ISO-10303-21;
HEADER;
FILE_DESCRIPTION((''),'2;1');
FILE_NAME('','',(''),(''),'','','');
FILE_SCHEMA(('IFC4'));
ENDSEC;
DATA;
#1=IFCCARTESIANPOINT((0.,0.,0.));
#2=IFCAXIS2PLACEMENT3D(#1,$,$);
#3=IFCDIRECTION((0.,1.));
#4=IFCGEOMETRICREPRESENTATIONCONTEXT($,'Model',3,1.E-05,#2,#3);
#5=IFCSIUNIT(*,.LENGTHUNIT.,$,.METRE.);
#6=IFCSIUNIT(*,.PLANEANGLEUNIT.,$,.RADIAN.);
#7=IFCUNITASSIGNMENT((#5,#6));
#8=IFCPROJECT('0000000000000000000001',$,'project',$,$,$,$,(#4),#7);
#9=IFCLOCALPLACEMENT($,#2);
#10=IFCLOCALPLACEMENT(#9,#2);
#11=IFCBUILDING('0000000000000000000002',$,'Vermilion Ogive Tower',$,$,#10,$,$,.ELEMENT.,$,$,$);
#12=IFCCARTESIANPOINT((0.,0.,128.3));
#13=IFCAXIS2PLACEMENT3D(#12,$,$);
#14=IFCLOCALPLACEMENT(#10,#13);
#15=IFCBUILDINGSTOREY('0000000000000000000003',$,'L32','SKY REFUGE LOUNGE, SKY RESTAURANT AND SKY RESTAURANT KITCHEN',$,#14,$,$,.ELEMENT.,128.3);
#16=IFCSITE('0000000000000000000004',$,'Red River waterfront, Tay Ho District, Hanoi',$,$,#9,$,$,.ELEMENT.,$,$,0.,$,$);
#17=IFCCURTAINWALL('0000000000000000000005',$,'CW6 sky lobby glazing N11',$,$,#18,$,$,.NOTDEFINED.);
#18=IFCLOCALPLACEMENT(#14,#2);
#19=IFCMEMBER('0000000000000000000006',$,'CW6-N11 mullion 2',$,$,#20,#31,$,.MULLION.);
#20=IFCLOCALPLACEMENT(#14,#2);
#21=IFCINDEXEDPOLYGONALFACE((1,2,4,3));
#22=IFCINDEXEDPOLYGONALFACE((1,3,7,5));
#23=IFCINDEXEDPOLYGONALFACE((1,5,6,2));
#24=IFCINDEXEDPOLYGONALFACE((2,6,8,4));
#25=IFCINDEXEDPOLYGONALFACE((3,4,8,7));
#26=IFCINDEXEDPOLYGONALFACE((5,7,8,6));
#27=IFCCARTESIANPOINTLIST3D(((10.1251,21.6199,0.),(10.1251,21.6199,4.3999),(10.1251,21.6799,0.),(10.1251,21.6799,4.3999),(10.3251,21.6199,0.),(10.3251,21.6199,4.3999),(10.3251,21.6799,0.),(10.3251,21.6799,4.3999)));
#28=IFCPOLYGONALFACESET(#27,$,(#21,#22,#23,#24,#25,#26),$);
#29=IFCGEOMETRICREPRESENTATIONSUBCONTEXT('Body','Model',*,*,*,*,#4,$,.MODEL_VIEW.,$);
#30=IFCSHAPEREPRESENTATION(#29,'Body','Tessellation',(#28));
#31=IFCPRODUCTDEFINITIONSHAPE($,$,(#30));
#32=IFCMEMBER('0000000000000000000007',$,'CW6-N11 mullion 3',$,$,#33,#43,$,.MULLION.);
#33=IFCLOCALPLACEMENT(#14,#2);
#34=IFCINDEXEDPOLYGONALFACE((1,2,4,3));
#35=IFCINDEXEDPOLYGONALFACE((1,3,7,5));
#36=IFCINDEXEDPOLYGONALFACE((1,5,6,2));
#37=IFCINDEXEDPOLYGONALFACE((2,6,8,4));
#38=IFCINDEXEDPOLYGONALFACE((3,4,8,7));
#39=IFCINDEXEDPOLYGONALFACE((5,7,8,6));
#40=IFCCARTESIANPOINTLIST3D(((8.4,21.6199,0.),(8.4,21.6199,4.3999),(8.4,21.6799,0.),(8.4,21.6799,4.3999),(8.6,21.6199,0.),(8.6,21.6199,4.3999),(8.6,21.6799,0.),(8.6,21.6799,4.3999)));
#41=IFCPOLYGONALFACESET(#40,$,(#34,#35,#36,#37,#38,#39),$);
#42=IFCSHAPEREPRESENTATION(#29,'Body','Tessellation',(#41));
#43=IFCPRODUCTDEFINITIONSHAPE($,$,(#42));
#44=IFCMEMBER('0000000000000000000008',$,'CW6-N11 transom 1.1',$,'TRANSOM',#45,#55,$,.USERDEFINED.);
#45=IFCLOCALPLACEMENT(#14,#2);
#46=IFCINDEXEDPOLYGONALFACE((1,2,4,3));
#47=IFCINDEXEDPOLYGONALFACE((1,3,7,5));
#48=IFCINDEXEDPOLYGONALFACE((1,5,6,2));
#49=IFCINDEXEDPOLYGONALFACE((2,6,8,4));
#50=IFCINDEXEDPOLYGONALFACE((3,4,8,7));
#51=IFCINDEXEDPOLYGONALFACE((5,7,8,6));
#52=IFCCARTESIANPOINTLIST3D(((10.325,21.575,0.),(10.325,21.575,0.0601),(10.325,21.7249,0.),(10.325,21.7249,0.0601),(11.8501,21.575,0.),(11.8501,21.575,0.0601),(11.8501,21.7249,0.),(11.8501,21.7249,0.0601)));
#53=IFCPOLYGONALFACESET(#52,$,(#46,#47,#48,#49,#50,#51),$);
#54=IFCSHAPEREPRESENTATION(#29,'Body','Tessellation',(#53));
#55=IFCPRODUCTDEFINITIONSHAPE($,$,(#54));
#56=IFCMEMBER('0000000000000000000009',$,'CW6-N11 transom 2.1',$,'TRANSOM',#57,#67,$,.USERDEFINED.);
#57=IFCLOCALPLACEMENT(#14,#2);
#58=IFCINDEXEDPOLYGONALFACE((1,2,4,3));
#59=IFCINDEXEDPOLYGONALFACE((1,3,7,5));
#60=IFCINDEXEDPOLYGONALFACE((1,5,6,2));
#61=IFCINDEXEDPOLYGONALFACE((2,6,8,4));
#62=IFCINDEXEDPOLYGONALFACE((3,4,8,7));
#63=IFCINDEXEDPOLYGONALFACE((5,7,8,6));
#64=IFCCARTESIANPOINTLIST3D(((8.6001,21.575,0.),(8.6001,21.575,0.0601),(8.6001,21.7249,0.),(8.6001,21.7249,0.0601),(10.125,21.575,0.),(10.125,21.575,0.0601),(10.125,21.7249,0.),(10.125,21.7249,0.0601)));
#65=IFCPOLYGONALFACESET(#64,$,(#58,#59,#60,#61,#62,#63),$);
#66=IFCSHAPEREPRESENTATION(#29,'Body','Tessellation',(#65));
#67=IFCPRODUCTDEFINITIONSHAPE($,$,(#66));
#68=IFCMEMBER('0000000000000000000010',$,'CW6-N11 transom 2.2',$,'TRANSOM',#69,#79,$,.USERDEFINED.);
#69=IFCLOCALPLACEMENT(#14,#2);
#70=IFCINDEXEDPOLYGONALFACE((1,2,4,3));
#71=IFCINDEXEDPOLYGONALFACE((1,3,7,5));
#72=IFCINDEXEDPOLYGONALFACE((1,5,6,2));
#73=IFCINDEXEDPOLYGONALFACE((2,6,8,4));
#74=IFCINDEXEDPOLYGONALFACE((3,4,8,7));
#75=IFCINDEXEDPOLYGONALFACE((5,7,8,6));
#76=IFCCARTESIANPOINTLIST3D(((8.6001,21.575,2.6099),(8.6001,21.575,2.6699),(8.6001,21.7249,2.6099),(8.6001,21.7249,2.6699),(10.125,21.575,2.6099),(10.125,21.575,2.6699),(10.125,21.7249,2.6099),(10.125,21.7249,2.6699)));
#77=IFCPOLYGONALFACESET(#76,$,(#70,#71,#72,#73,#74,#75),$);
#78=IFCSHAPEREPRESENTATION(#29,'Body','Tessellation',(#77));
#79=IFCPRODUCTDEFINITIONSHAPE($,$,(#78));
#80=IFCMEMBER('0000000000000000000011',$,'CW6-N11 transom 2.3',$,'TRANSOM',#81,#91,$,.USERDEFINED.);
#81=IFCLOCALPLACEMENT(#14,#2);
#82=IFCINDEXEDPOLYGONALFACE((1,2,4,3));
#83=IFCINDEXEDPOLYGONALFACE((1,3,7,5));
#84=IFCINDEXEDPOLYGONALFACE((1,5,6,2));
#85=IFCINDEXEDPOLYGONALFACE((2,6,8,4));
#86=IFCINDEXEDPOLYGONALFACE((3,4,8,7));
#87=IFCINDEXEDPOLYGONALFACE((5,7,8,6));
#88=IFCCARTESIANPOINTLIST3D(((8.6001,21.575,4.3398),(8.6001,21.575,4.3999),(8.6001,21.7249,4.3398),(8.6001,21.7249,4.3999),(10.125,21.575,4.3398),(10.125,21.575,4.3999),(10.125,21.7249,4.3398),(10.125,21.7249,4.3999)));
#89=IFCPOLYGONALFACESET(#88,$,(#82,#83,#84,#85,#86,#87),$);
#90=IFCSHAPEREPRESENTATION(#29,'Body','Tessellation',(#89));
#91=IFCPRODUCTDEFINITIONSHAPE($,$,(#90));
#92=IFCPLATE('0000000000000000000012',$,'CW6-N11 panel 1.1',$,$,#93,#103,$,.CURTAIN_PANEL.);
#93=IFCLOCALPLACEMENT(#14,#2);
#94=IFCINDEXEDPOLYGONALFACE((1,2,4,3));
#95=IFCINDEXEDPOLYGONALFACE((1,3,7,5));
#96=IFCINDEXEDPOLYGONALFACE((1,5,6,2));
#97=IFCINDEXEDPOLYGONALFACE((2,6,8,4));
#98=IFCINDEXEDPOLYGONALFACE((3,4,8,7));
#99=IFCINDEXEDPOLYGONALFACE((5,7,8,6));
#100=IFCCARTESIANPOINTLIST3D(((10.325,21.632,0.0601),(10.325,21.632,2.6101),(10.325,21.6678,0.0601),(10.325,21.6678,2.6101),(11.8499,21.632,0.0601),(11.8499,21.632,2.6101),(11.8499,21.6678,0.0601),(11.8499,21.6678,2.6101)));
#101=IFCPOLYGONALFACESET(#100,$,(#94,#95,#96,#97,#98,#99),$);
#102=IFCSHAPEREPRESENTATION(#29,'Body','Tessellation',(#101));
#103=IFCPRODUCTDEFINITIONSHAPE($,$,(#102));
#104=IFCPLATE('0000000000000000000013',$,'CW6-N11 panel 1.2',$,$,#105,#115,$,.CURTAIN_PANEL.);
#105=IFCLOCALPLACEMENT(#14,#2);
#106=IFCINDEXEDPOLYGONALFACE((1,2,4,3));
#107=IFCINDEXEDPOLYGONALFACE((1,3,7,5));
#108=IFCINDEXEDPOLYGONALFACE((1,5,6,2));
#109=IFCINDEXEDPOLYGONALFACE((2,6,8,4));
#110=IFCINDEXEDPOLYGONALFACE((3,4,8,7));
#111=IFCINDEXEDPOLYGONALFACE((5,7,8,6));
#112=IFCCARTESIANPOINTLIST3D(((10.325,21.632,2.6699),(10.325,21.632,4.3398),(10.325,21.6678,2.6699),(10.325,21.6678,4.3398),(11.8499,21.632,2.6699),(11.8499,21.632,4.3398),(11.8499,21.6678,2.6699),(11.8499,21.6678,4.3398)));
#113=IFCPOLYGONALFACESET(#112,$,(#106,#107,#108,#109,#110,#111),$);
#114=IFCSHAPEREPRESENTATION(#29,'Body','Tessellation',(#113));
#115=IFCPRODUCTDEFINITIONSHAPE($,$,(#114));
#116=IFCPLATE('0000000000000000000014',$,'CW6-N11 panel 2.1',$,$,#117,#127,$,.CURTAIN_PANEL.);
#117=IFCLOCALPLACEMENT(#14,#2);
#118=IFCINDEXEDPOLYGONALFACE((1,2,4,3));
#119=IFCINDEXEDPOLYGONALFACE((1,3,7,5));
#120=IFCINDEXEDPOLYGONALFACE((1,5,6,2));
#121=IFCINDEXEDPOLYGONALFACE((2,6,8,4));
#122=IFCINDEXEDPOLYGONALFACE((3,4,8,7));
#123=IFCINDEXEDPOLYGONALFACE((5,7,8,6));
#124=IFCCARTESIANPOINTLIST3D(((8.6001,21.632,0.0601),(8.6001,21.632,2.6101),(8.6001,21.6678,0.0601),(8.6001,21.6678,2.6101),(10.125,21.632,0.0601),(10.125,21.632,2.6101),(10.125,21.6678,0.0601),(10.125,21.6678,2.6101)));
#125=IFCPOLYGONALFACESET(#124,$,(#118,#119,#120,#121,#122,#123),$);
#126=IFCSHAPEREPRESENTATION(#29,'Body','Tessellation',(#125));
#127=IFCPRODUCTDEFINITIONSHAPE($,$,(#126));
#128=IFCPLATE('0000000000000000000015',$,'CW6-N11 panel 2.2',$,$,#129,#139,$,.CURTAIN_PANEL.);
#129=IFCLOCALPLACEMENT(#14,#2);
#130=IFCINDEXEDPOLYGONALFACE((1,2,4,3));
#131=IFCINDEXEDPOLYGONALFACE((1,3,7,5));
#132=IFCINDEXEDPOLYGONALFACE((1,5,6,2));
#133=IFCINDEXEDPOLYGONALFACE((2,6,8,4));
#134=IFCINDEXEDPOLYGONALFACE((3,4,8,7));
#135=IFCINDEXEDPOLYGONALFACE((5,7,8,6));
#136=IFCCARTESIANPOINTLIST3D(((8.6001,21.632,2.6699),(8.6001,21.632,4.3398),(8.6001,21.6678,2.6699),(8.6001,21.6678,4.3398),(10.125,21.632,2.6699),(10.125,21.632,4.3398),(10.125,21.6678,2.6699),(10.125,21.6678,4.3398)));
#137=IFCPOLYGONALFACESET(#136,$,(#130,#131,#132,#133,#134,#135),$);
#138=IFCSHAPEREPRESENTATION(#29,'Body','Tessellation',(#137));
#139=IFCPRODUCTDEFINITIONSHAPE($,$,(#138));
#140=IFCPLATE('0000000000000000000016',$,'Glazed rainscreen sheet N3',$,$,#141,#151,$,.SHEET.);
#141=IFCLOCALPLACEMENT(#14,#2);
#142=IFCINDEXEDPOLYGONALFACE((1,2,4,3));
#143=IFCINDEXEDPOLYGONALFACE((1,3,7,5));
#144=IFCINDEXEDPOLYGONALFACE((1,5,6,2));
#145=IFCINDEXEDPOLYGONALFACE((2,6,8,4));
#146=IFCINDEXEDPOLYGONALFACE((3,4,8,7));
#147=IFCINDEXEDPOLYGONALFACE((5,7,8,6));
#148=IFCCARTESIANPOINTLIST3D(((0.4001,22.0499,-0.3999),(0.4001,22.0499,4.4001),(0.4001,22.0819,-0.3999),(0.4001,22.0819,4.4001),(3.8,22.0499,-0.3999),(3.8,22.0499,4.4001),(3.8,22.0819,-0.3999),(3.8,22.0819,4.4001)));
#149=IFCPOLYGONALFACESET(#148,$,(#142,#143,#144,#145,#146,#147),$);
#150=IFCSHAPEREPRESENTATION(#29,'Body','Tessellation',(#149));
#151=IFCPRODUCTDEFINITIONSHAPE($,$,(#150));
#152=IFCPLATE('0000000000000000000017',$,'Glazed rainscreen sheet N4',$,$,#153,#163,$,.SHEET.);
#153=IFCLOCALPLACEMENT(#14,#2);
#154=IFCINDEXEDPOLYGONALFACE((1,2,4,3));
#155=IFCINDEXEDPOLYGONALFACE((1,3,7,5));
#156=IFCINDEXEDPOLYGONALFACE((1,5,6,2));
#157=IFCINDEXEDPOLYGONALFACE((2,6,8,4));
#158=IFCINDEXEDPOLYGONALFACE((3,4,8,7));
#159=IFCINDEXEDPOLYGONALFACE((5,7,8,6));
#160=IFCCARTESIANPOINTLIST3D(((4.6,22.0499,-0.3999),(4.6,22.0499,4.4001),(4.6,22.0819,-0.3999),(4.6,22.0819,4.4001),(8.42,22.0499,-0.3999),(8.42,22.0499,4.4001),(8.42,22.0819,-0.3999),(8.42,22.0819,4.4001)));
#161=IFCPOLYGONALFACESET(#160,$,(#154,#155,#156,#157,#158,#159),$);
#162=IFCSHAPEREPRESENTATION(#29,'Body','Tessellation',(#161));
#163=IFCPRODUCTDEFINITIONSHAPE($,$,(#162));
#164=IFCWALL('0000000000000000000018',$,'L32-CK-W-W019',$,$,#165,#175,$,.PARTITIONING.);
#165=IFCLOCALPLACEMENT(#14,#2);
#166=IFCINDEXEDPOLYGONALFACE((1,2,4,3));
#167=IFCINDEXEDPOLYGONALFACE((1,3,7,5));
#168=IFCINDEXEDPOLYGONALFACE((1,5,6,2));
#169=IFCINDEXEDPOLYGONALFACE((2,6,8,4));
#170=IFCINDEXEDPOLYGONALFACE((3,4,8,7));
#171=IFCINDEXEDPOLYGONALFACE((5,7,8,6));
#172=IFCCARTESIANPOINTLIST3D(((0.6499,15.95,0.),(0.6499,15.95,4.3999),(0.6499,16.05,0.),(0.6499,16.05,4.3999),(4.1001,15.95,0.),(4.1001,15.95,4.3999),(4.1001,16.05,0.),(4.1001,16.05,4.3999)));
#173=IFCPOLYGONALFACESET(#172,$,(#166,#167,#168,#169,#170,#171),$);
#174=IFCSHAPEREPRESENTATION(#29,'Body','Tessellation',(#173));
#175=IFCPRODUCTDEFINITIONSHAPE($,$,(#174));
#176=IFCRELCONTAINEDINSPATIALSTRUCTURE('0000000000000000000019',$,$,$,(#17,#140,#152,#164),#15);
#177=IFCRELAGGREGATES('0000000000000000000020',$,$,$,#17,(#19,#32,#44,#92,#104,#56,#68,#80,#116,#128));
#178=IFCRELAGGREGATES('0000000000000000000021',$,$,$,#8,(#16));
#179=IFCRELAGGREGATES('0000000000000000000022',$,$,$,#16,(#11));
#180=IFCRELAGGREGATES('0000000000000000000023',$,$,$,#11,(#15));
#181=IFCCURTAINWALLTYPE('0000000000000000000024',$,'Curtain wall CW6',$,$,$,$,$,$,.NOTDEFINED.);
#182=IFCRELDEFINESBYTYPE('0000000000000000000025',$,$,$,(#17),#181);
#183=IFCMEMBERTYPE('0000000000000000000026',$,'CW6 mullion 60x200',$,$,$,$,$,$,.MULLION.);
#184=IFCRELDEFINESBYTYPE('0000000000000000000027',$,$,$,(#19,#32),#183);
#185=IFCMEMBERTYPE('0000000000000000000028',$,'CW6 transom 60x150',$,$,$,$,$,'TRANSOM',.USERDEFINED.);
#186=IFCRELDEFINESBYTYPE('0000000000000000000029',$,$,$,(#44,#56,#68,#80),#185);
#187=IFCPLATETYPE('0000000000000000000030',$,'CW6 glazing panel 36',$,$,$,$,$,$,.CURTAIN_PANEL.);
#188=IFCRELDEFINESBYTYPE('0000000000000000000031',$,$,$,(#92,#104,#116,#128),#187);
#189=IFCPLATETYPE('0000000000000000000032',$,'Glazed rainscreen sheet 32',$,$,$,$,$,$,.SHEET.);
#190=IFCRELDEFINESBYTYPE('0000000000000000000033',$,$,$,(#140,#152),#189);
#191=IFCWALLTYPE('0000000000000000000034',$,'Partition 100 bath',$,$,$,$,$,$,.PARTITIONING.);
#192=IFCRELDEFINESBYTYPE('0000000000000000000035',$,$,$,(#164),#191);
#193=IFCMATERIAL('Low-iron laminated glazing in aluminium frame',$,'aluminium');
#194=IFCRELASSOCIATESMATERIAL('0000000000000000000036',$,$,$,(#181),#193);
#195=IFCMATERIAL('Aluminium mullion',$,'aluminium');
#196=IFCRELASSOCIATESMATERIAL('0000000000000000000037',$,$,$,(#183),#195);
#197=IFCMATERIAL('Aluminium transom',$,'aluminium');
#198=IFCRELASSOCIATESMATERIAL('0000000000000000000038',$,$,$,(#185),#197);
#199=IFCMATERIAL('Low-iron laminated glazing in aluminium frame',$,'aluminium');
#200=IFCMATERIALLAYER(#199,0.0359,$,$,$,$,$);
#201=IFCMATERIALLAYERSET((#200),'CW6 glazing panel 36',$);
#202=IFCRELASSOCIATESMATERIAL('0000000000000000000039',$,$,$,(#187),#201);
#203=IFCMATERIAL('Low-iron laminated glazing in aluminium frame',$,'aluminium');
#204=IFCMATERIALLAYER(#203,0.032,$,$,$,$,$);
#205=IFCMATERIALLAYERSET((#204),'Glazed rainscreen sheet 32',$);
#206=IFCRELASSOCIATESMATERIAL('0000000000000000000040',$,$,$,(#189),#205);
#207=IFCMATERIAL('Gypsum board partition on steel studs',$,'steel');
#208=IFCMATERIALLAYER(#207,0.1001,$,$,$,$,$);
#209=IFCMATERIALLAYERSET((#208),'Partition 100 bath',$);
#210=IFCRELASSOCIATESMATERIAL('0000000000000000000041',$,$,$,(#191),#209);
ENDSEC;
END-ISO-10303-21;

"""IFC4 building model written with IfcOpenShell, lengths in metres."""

from ifc_helpers import new_model, si_unit, direction, frame, frame_2d, origin, origin_2d, place, context, subcontext, project, spatial, rectangle, extrude, material, layer, layer_set, material_profile, profile_set, type_object, element, aggregate, save


model = new_model("IFC4")

# Units and contexts
model_context = context("Model", 3, precision=1e-05, world=origin(), true_north=direction((0.0, 1.0)))
body_context = subcontext(model_context, "Body", "Model", "MODEL_VIEW")
ifc_project = project(units=[si_unit("LENGTHUNIT", "METRE"), si_unit("PLANEANGLEUNIT", "RADIAN")], contexts=[model_context])

# Site, building, storey
site_placement = place(None, origin())
site = spatial("IfcSite", under=ifc_project, at=site_placement, Name="Red River waterfront, Tay Ho District, Hanoi", CompositionType="ELEMENT", RefElevation=0.0)
building_placement = place(site_placement, origin())
building = spatial("IfcBuilding", under=site, at=building_placement, Name="Vermilion Ogive Tower", CompositionType="ELEMENT")
storey_placement = place(building_placement, frame((0.0, 0.0, 128.3)))
storey = spatial("IfcBuildingStorey", under=building, at=storey_placement, Name="L32", Description="SKY REFUGE LOUNGE, SKY RESTAURANT AND SKY RESTAURANT KITCHEN", CompositionType="ELEMENT", Elevation=128.3)

# Curtain wall, members, plates
ifc_material_1 = material(Name="Low-iron laminated glazing in aluminium frame", Category="aluminium")
curtain_wall_type = type_object("IfcCurtainWallType", Name="Curtain wall CW6", PredefinedType="NOTDEFINED", material=ifc_material_1)
curtain_wall_placement = place(storey_placement, origin())
curtain_wall = element("IfcCurtainWall", 1, at=curtain_wall_placement, inside=storey, type_object=curtain_wall_type, Name="CW6 sky lobby glazing N11", PredefinedType="NOTDEFINED")
ifc_material_2 = material(Name="Aluminium mullion", Category="aluminium")
ifc_material_profile_1 = material_profile(ifc_material_2, rectangle(XDim=0.0601, YDim=0.2, at=origin_2d()), Name="AL 60x200")
ifc_profile_set_1 = profile_set([ifc_material_profile_1], Name="Aluminium mullion")
member_type_1 = type_object("IfcMemberType", Name="CW6 mullion 60x200", PredefinedType="MULLION", material=ifc_profile_set_1)
member_1_placement = place(storey_placement, frame((10.2251, 21.6499, 0.0), z_axis=(0.0, 0.0, 1.0), x_axis=(0.0, -1.0, 0.0)))
member_1 = element("IfcMember", 2, at=member_1_placement, type_object=member_type_1, Name="CW6-N11 mullion 2", PredefinedType="MULLION", context=body_context, shape_type="SweptSolid", body=[
    extrude(rectangle(XDim=0.0601, YDim=0.2, at=origin_2d()), origin(), (0.0, 0.0, 1.0), 4.3999),
])
member_2_placement = place(storey_placement, frame((8.5, 21.6499, 0.0), z_axis=(0.0, 0.0, 1.0), x_axis=(0.0, -1.0, 0.0)))
member_2 = element("IfcMember", 3, at=member_2_placement, type_object=member_type_1, Name="CW6-N11 mullion 3", PredefinedType="MULLION", context=body_context, shape_type="SweptSolid", body=[
    extrude(rectangle(XDim=0.0601, YDim=0.2, at=origin_2d()), origin(), (0.0, 0.0, 1.0), 4.3999),
])
ifc_material_3 = material(Name="Aluminium transom", Category="aluminium")
ifc_material_profile_2 = material_profile(ifc_material_3, rectangle(XDim=0.1499, YDim=0.0601, at=origin_2d()), Name="AL 60x150")
ifc_profile_set_2 = profile_set([ifc_material_profile_2], Name="Aluminium transom")
member_type_2 = type_object("IfcMemberType", Name="CW6 transom 60x150", ElementType="TRANSOM", PredefinedType="USERDEFINED", material=ifc_profile_set_2)
member_3_placement = place(storey_placement, frame((11.8501, 21.6499, 0.03), z_axis=(-1.0, 0.0, 0.0), x_axis=(0.0, -1.0, 0.0)))
member_3 = element("IfcMember", 4, at=member_3_placement, type_object=member_type_2, Name="CW6-N11 transom 1.1", ObjectType="TRANSOM", PredefinedType="USERDEFINED", context=body_context, shape_type="SweptSolid", body=[
    extrude(rectangle(XDim=0.1499, YDim=0.0601, at=origin_2d()), origin(), (0.0, 0.0, 1.0), 1.5251),
])
member_4_placement = place(storey_placement, frame((10.125, 21.6499, 0.03), z_axis=(-1.0, 0.0, 0.0), x_axis=(0.0, -1.0, 0.0)))
member_4 = element("IfcMember", 5, at=member_4_placement, type_object=member_type_2, Name="CW6-N11 transom 2.1", ObjectType="TRANSOM", PredefinedType="USERDEFINED", context=body_context, shape_type="SweptSolid", body=[
    extrude(rectangle(XDim=0.1499, YDim=0.0601, at=origin_2d()), origin(), (0.0, 0.0, 1.0), 1.5249),
])
member_5_placement = place(storey_placement, frame((10.125, 21.6499, 2.6399), z_axis=(-1.0, 0.0, 0.0), x_axis=(0.0, -1.0, 0.0)))
member_5 = element("IfcMember", 6, at=member_5_placement, type_object=member_type_2, Name="CW6-N11 transom 2.2", ObjectType="TRANSOM", PredefinedType="USERDEFINED", context=body_context, shape_type="SweptSolid", body=[
    extrude(rectangle(XDim=0.1499, YDim=0.0601, at=origin_2d()), origin(), (0.0, 0.0, 1.0), 1.5249),
])
member_6_placement = place(storey_placement, frame((10.125, 21.6499, 4.3699), z_axis=(-1.0, 0.0, 0.0), x_axis=(0.0, -1.0, 0.0)))
member_6 = element("IfcMember", 7, at=member_6_placement, type_object=member_type_2, Name="CW6-N11 transom 2.3", ObjectType="TRANSOM", PredefinedType="USERDEFINED", context=body_context, shape_type="SweptSolid", body=[
    extrude(rectangle(XDim=0.1499, YDim=0.0601, at=origin_2d()), origin(), (0.0, 0.0, 1.0), 1.5249),
])
ifc_material_4 = material(Name="Low-iron laminated glazing in aluminium frame", Category="aluminium")
ifc_layer_1 = layer(ifc_material_4, 0.0359)
ifc_layer_set_1 = layer_set([ifc_layer_1], Name="CW6 glazing panel 36")
plate_type_1 = type_object("IfcPlateType", Name="CW6 glazing panel 36", PredefinedType="CURTAIN_PANEL", material=ifc_layer_set_1)
plate_1_placement = place(storey_placement, frame((11.0874, 21.6499, 0.0601), z_axis=(0.0, 0.0, 1.0), x_axis=(-1.0, 0.0, 0.0)))
plate_1 = element("IfcPlate", 8, at=plate_1_placement, type_object=plate_type_1, Name="CW6-N11 panel 1.1", PredefinedType="CURTAIN_PANEL", context=body_context, shape_type="SweptSolid", body=[
    extrude(rectangle(XDim=1.5249, YDim=0.0359, at=origin_2d()), origin(), (0.0, 0.0, 1.0), 2.55),
])
plate_2_placement = place(storey_placement, frame((11.0874, 21.6499, 2.6699), z_axis=(0.0, 0.0, 1.0), x_axis=(-1.0, 0.0, 0.0)))
plate_2 = element("IfcPlate", 9, at=plate_2_placement, type_object=plate_type_1, Name="CW6-N11 panel 1.2", PredefinedType="CURTAIN_PANEL", context=body_context, shape_type="SweptSolid", body=[
    extrude(rectangle(XDim=1.5249, YDim=0.0359, at=origin_2d()), origin(), (0.0, 0.0, 1.0), 1.6699),
])
plate_3_placement = place(storey_placement, frame((9.3625, 21.6499, 0.0601), z_axis=(0.0, 0.0, 1.0), x_axis=(-1.0, 0.0, 0.0)))
plate_3 = element("IfcPlate", 10, at=plate_3_placement, type_object=plate_type_1, Name="CW6-N11 panel 2.1", PredefinedType="CURTAIN_PANEL", context=body_context, shape_type="SweptSolid", body=[
    extrude(rectangle(XDim=1.5249, YDim=0.0359, at=origin_2d()), origin(), (0.0, 0.0, 1.0), 2.55),
])
plate_4_placement = place(storey_placement, frame((9.3625, 21.6499, 2.6699), z_axis=(0.0, 0.0, 1.0), x_axis=(-1.0, 0.0, 0.0)))
plate_4 = element("IfcPlate", 11, at=plate_4_placement, type_object=plate_type_1, Name="CW6-N11 panel 2.2", PredefinedType="CURTAIN_PANEL", context=body_context, shape_type="SweptSolid", body=[
    extrude(rectangle(XDim=1.5249, YDim=0.0359, at=origin_2d()), origin(), (0.0, 0.0, 1.0), 1.6699),
])
aggregate(curtain_wall, [member_1, member_2, member_3, plate_1, plate_2, member_4, member_5, member_6, plate_3, plate_4])

# Plates
ifc_material_5 = material(Name="Low-iron laminated glazing in aluminium frame", Category="aluminium")
ifc_layer_2 = layer(ifc_material_5, 0.032)
ifc_layer_set_2 = layer_set([ifc_layer_2], Name="Glazed rainscreen sheet 32")
plate_type_2 = type_object("IfcPlateType", Name="Glazed rainscreen sheet 32", PredefinedType="SHEET", material=ifc_layer_set_2)
plate_5_placement = place(storey_placement, frame((2.1001, 22.0659, -0.3999), z_axis=(0.0, 0.0, 1.0), x_axis=(1.0, 0.0, 0.0)))
element("IfcPlate", 12, at=plate_5_placement, inside=storey, type_object=plate_type_2, Name="Glazed rainscreen sheet N3", PredefinedType="SHEET", context=body_context, shape_type="SweptSolid", body=[
    extrude(rectangle(XDim=3.3999, YDim=0.032, at=origin_2d()), origin(), (0.0, 0.0, 1.0), 4.8),
])
plate_6_placement = place(storey_placement, frame((6.51, 22.0659, -0.3999), z_axis=(0.0, 0.0, 1.0), x_axis=(1.0, 0.0, 0.0)))
element("IfcPlate", 13, at=plate_6_placement, inside=storey, type_object=plate_type_2, Name="Glazed rainscreen sheet N4", PredefinedType="SHEET", context=body_context, shape_type="SweptSolid", body=[
    extrude(rectangle(XDim=3.8201, YDim=0.032, at=origin_2d()), origin(), (0.0, 0.0, 1.0), 4.8),
])

# Wall
ifc_material_6 = material(Name="Gypsum board partition on steel studs", Category="steel")
ifc_layer_3 = layer(ifc_material_6, 0.1001)
ifc_layer_set_3 = layer_set([ifc_layer_3], Name="Partition 100 bath")
wall_type_1 = type_object("IfcWallType", Name="Partition 100 bath", PredefinedType="PARTITIONING", material=ifc_layer_set_3)
wall_1_placement = place(storey_placement, frame((0.6499, 16.0, 0.0), z_axis=(0.0, 0.0, 1.0), x_axis=(1.0, 0.0, 0.0)))
element("IfcWall", 14, at=wall_1_placement, inside=storey, type_object=wall_type_1, Name="L32-CK-W-W019", PredefinedType="PARTITIONING", context=body_context, shape_type="SweptSolid", body=[
    extrude(rectangle(XDim=3.4502, YDim=0.1001, at=frame_2d((1.7251, 0.0))), origin(), (0.0, 0.0, 1.0), 4.3999),
])

save(model, "model.ifc")
